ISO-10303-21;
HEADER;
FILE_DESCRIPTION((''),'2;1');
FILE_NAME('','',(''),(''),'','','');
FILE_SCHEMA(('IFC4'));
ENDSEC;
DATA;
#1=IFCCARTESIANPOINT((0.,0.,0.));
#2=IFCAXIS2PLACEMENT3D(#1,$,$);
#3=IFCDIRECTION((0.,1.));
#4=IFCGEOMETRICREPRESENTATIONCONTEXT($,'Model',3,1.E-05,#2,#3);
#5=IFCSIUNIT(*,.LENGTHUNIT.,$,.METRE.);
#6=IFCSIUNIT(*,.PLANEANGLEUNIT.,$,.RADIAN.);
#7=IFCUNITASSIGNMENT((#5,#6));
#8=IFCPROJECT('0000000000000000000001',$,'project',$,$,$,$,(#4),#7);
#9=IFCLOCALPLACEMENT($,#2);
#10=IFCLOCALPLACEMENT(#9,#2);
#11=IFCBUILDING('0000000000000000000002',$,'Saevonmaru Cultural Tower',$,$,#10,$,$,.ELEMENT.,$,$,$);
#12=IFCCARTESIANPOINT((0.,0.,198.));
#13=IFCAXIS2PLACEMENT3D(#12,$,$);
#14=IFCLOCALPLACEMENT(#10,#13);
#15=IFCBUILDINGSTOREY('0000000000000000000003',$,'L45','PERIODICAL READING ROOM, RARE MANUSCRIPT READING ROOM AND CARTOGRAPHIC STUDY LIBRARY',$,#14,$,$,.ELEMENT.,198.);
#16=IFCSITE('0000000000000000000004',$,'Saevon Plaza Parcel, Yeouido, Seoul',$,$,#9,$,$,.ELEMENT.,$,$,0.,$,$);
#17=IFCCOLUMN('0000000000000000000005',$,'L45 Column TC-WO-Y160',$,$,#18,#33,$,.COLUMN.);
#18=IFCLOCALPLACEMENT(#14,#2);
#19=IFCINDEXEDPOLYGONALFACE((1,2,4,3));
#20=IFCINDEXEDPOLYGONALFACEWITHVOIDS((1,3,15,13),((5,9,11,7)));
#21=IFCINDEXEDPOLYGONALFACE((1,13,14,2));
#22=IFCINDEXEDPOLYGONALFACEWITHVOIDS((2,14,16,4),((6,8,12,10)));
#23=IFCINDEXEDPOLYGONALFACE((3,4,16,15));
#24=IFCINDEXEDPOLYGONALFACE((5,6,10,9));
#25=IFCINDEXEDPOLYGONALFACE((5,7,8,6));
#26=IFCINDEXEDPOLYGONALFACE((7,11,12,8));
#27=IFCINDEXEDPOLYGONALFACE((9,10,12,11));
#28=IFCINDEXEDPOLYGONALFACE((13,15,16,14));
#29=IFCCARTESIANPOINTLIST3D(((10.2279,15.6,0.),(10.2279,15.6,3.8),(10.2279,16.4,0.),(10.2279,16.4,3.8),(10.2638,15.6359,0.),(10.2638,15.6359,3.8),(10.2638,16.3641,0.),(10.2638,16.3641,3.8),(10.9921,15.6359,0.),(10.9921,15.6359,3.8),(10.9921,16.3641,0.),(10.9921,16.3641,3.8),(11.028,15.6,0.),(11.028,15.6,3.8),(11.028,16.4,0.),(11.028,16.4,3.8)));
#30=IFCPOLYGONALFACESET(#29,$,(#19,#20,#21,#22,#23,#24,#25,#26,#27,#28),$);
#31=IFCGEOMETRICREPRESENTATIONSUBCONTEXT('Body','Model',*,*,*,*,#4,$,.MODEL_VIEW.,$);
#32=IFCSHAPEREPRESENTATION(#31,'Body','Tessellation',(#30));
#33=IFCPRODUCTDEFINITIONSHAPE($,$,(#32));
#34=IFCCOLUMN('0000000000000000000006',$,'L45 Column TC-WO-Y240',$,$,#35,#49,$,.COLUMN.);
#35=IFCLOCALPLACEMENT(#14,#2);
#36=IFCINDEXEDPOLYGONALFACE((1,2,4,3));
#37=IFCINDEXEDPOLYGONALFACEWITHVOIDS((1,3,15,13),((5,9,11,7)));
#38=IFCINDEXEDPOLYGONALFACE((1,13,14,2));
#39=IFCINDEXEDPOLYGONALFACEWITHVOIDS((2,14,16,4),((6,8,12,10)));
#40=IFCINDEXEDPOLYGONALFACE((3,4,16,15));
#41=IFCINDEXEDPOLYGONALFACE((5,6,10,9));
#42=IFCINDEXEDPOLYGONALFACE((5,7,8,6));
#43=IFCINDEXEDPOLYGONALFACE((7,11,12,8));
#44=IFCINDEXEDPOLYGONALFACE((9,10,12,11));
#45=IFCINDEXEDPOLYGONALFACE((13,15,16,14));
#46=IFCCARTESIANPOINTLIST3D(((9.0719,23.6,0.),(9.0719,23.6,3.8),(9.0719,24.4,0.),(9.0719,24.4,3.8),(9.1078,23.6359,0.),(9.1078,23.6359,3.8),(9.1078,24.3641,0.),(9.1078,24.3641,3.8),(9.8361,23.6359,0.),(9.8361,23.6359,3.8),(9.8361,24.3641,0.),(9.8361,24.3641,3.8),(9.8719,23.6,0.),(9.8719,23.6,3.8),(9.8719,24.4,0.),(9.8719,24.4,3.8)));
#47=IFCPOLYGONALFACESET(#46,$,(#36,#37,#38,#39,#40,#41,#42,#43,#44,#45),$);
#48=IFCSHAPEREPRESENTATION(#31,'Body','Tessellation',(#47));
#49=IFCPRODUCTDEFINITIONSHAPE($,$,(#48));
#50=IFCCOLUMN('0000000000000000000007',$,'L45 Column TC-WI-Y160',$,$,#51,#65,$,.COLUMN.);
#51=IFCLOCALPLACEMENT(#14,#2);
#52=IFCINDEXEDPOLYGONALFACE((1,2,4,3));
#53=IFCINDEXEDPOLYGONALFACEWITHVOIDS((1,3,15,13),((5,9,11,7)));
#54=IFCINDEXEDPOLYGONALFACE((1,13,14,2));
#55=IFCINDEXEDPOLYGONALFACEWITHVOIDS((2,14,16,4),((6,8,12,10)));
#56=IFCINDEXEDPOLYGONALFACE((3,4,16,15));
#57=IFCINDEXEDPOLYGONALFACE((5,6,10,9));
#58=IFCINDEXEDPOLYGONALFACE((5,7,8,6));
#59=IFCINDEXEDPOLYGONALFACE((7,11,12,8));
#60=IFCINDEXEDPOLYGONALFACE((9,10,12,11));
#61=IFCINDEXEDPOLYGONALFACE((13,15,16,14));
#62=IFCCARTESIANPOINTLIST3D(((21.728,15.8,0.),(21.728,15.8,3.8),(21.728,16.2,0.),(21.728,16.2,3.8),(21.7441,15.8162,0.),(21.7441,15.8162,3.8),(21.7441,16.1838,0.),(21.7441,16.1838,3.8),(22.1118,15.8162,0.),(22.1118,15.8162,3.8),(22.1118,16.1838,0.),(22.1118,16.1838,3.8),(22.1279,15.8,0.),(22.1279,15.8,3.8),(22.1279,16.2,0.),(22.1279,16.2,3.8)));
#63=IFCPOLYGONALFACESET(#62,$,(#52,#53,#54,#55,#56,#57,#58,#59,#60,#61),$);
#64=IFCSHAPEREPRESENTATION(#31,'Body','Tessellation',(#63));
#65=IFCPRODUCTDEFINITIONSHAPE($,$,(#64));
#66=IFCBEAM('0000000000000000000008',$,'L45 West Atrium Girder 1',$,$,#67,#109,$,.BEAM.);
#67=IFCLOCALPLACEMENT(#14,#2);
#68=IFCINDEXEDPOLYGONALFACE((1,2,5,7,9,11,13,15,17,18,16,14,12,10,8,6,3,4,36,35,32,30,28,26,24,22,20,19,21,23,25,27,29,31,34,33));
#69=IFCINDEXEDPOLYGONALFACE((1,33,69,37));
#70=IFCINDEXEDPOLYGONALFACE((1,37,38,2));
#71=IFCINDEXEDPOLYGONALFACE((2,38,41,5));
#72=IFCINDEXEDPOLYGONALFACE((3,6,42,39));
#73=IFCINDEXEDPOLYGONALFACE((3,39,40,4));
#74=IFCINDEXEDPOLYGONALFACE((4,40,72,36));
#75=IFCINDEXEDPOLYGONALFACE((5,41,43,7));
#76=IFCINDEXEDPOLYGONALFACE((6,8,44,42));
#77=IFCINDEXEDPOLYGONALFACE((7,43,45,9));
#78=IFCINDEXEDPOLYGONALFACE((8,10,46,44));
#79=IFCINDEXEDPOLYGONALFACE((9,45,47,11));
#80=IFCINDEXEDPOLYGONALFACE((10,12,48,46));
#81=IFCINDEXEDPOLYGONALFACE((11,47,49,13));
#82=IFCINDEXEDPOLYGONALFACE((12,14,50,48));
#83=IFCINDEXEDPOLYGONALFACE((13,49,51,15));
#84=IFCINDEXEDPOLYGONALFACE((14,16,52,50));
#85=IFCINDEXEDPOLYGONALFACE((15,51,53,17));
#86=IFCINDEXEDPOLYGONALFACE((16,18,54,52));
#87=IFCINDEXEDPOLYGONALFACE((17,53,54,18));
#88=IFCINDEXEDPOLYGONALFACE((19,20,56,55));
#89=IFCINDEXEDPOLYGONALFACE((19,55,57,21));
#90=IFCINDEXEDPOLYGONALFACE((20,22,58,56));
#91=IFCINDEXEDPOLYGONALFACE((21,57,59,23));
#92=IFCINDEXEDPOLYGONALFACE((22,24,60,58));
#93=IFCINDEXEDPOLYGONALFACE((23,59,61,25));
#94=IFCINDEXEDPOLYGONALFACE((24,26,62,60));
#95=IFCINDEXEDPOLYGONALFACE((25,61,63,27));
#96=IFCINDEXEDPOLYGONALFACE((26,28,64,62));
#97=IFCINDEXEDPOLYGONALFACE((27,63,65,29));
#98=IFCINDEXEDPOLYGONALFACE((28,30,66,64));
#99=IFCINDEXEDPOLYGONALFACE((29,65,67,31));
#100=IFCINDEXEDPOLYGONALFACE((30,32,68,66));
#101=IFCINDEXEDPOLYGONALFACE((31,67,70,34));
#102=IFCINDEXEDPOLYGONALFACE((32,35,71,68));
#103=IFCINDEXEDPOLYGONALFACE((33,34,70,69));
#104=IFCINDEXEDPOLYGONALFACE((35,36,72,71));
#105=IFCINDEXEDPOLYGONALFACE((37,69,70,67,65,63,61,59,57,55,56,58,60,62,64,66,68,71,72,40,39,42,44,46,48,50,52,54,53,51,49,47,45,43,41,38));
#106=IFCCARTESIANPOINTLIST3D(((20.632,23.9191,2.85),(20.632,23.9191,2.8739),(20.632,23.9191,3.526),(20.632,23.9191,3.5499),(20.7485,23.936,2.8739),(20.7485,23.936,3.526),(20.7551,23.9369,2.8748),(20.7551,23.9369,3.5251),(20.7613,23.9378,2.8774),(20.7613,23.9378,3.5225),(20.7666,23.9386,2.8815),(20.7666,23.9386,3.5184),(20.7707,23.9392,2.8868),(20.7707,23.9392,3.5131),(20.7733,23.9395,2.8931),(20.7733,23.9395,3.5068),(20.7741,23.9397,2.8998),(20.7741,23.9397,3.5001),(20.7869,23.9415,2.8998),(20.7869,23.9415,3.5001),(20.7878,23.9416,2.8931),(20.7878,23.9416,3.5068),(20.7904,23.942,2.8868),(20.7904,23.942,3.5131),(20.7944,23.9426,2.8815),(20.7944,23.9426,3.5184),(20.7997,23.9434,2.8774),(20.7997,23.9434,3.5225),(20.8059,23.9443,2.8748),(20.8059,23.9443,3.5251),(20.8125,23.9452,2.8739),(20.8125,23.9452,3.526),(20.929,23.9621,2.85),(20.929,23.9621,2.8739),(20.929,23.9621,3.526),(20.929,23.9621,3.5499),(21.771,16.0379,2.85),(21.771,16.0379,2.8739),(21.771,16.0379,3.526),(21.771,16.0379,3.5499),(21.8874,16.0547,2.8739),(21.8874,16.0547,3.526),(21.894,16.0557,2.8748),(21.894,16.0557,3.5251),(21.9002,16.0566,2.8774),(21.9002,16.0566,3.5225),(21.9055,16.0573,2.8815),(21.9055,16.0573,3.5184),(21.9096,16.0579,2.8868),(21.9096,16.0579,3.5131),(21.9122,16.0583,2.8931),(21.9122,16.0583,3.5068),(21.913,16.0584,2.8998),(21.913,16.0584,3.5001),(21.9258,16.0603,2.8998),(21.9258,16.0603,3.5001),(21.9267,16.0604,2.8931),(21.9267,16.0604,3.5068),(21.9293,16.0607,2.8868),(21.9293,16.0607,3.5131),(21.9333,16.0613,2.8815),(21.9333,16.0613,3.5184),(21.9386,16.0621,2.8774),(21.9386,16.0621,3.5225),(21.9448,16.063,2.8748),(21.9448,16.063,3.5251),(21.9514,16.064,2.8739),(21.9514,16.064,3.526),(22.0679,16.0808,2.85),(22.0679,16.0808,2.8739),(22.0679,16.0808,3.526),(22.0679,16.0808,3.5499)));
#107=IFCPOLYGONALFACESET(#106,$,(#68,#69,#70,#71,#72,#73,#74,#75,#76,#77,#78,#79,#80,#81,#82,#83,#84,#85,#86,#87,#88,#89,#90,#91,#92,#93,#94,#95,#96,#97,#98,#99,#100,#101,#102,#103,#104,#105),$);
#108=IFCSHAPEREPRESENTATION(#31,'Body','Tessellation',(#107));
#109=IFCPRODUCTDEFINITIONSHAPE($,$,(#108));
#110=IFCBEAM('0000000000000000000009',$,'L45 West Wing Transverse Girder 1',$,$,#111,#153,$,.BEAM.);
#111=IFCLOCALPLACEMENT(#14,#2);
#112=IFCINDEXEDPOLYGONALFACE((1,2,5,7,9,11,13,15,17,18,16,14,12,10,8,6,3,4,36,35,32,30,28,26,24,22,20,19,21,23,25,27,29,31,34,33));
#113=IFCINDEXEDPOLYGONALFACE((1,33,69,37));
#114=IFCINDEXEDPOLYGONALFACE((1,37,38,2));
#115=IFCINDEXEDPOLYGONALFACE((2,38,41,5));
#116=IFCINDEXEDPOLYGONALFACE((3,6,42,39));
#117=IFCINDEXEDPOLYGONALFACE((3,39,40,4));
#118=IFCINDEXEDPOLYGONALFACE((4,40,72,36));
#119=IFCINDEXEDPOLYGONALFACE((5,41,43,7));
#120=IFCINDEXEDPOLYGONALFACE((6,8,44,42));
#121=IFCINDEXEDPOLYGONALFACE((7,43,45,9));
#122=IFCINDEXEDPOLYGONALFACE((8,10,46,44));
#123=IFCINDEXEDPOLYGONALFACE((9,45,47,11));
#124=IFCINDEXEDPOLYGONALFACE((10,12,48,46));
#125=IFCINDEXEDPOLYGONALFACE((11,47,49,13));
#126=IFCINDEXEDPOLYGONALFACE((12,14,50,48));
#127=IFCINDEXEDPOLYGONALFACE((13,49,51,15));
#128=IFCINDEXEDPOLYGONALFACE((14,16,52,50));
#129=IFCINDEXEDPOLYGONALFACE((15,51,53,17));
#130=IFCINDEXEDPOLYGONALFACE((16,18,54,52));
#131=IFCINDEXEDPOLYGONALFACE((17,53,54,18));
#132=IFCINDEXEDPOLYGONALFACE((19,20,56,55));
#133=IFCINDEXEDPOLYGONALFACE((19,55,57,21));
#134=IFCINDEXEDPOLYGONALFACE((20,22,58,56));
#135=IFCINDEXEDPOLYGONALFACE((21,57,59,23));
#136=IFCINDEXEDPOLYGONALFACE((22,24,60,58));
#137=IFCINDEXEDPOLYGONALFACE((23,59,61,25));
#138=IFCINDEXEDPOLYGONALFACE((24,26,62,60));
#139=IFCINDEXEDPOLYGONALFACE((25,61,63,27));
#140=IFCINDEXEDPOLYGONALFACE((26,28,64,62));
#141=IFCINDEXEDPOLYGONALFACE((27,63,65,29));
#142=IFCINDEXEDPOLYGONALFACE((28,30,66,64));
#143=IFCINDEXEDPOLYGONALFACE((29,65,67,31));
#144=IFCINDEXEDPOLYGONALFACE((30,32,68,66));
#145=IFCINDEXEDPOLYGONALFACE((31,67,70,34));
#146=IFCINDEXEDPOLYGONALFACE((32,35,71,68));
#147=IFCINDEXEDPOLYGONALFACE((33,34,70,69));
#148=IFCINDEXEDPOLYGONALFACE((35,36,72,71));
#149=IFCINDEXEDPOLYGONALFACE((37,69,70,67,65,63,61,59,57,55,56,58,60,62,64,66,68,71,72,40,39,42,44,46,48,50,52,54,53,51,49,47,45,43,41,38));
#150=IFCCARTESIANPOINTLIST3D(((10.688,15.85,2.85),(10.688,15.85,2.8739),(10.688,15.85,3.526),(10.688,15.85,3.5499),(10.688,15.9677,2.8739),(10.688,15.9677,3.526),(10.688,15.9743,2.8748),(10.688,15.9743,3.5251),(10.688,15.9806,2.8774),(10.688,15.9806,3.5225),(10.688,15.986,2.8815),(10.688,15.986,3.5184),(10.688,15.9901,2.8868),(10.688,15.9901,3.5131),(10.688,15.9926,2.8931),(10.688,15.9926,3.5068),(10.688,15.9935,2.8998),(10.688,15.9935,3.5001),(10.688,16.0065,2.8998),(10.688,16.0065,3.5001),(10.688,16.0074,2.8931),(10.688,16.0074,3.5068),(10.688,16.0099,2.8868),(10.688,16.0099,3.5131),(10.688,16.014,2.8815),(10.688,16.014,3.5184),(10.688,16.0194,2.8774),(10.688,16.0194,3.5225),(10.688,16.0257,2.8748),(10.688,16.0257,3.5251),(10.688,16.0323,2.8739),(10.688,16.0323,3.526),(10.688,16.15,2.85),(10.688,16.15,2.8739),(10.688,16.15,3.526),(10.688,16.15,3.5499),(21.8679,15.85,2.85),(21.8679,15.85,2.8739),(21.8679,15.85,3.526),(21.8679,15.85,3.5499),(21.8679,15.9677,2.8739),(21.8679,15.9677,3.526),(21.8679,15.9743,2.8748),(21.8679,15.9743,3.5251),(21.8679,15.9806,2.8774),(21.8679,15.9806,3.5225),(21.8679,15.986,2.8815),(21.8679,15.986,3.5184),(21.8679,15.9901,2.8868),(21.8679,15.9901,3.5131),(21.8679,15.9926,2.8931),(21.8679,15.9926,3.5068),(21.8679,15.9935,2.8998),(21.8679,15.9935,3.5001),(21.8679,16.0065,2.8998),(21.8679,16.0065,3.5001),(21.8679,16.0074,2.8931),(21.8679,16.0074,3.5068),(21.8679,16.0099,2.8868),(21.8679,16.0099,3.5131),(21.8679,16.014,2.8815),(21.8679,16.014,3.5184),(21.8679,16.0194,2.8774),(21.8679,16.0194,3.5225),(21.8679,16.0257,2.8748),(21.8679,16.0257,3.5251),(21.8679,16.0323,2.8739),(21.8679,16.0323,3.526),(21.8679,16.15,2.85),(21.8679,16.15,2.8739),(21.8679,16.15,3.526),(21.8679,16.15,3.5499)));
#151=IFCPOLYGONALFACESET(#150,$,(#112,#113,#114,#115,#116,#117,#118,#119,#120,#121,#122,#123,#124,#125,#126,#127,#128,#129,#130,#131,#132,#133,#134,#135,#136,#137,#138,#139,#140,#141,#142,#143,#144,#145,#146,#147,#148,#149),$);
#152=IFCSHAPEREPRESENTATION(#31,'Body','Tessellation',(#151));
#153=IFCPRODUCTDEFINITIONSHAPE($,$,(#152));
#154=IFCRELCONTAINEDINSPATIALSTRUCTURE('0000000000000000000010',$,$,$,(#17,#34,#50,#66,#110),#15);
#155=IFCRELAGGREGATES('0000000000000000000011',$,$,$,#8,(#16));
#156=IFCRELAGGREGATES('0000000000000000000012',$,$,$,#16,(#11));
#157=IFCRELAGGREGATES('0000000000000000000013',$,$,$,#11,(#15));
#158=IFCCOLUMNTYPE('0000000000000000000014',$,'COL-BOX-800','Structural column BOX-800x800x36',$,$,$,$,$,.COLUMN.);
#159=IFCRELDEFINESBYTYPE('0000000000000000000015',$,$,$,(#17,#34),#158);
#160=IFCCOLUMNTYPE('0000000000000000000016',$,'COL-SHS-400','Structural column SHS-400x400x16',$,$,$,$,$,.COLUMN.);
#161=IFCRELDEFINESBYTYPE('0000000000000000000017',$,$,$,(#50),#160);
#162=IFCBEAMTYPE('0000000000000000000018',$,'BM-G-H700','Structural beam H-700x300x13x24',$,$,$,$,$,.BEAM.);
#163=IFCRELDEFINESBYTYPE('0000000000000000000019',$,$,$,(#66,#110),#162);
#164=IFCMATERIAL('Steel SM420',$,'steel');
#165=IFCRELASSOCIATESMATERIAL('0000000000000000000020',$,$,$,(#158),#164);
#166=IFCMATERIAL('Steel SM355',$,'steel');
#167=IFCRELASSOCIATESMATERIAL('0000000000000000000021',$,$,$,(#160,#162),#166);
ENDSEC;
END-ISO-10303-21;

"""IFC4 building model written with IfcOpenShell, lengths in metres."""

from ifc_helpers import new_model, si_unit, direction, frame, origin, origin_2d, place, context, subcontext, project, spatial, hollow_rectangle, i_section, extrude, material, material_profile, profile_set, type_object, element, save


model = new_model("IFC4")

# Units and contexts
model_context = context("Model", 3, precision=1e-05, world=origin(), true_north=direction((0.0, 1.0)))
body_context = subcontext(model_context, "Body", "Model", "MODEL_VIEW")
ifc_project = project(units=[si_unit("LENGTHUNIT", "METRE"), si_unit("PLANEANGLEUNIT", "RADIAN")], contexts=[model_context])

# Site, building, storey
site_placement = place(None, origin())
site = spatial("IfcSite", under=ifc_project, at=site_placement, Name="Saevon Plaza Parcel, Yeouido, Seoul", CompositionType="ELEMENT", RefElevation=0.0)
building_placement = place(site_placement, origin())
building = spatial("IfcBuilding", under=site, at=building_placement, Name="Saevonmaru Cultural Tower", CompositionType="ELEMENT")
storey_placement = place(building_placement, frame((0.0, 0.0, 198.0)))
storey = spatial("IfcBuildingStorey", under=building, at=storey_placement, Name="L45", Description="PERIODICAL READING ROOM, RARE MANUSCRIPT READING ROOM AND CARTOGRAPHIC STUDY LIBRARY", CompositionType="ELEMENT", Elevation=198.0)

# Columns
ifc_material_1 = material(Name="Steel SM420", Category="steel")
ifc_material_profile_1 = material_profile(ifc_material_1, hollow_rectangle(XDim=0.8, YDim=0.8, WallThickness=0.0359, at=origin_2d()), Name="BOX-800x800x36")
ifc_profile_set_1 = profile_set([ifc_material_profile_1], Name="Steel SM420")
column_type_1 = type_object("IfcColumnType", Name="COL-BOX-800", Description="Structural column BOX-800x800x36", PredefinedType="COLUMN", material=ifc_profile_set_1)
for number, where, z_axis, x_axis, name in (
    (1, (10.6279, 16.0, 0.0), (0.0, 0.0, 1.0), (1.0, 0.0, 0.0), "L45 Column TC-WO-Y160"),
    (2, (9.4719, 24.0, 0.0), (0.0, 0.0, 1.0), (1.0, 0.0, 0.0), "L45 Column TC-WO-Y240"),
):
    element("IfcColumn", number, at=place(storey_placement, frame(where, z_axis=z_axis, x_axis=x_axis)), inside=storey, type_object=column_type_1, Name=name, PredefinedType="COLUMN", context=body_context, shape_type="SweptSolid", body=[
        extrude(hollow_rectangle(XDim=0.8, YDim=0.8, WallThickness=0.0359, at=origin_2d()), origin(), (0.0, 0.0, 1.0), 3.8),
    ])
ifc_material_2 = material(Name="Steel SM355", Category="steel")
ifc_material_profile_2 = material_profile(ifc_material_2, hollow_rectangle(XDim=0.3999, YDim=0.3999, WallThickness=0.0161, at=origin_2d()), Name="SHS-400x400x16")
ifc_profile_set_2 = profile_set([ifc_material_profile_2], Name="Steel SM355")
column_type_2 = type_object("IfcColumnType", Name="COL-SHS-400", Description="Structural column SHS-400x400x16", PredefinedType="COLUMN", material=ifc_profile_set_2)
column_placement = place(storey_placement, frame((21.928, 16.0, 0.0), z_axis=(0.0, 0.0, 1.0), x_axis=(1.0, 0.0, 0.0)))
element("IfcColumn", 3, at=column_placement, inside=storey, type_object=column_type_2, Name="L45 Column TC-WI-Y160", PredefinedType="COLUMN", context=body_context, shape_type="SweptSolid", body=[
    extrude(hollow_rectangle(XDim=0.3999, YDim=0.3999, WallThickness=0.0161, at=origin_2d()), origin(), (0.0, 0.0, 1.0), 3.8),
])

# Beams
ifc_material_profile_3 = material_profile(ifc_material_2, i_section(OverallWidth=0.3, OverallDepth=0.7, WebThickness=0.0129, FlangeThickness=0.0239, FilletRadius=0.0259, at=origin_2d()), Name="H-700x300x13x24")
ifc_profile_set_3 = profile_set([ifc_material_profile_3], Name="Steel SM355")
beam_type_1 = type_object("IfcBeamType", Name="BM-G-H700", Description="Structural beam H-700x300x13x24", PredefinedType="BEAM", material=ifc_profile_set_3)
beam_1_placement = place(storey_placement, frame((21.9194, 16.0593, 3.2), z_axis=(-0.143022, 0.989719, 0.0), x_axis=(-0.989719, -0.143022, 0.0)))
element("IfcBeam", 4, at=beam_1_placement, inside=storey, type_object=beam_type_1, Name="L45 West Atrium Girder 1", PredefinedType="BEAM", context=body_context, shape_type="SweptSolid", body=[
    extrude(i_section(OverallWidth=0.3, OverallDepth=0.7, WebThickness=0.0129, FlangeThickness=0.0239, FilletRadius=0.0259, at=origin_2d()), origin(), (0.0, 0.0, 1.0), 7.9631),
])
beam_2_placement = place(storey_placement, frame((10.688, 16.0, 3.2), z_axis=(1.0, 0.0, 0.0), x_axis=(0.0, 1.0, 0.0)))
element("IfcBeam", 5, at=beam_2_placement, inside=storey, type_object=beam_type_1, Name="L45 West Wing Transverse Girder 1", PredefinedType="BEAM", context=body_context, shape_type="SweptSolid", body=[
    extrude(i_section(OverallWidth=0.3, OverallDepth=0.7, WebThickness=0.0129, FlangeThickness=0.0239, FilletRadius=0.0259, at=origin_2d()), origin(), (0.0, 0.0, 1.0), 11.1799),
])

save(model, "model.ifc")
